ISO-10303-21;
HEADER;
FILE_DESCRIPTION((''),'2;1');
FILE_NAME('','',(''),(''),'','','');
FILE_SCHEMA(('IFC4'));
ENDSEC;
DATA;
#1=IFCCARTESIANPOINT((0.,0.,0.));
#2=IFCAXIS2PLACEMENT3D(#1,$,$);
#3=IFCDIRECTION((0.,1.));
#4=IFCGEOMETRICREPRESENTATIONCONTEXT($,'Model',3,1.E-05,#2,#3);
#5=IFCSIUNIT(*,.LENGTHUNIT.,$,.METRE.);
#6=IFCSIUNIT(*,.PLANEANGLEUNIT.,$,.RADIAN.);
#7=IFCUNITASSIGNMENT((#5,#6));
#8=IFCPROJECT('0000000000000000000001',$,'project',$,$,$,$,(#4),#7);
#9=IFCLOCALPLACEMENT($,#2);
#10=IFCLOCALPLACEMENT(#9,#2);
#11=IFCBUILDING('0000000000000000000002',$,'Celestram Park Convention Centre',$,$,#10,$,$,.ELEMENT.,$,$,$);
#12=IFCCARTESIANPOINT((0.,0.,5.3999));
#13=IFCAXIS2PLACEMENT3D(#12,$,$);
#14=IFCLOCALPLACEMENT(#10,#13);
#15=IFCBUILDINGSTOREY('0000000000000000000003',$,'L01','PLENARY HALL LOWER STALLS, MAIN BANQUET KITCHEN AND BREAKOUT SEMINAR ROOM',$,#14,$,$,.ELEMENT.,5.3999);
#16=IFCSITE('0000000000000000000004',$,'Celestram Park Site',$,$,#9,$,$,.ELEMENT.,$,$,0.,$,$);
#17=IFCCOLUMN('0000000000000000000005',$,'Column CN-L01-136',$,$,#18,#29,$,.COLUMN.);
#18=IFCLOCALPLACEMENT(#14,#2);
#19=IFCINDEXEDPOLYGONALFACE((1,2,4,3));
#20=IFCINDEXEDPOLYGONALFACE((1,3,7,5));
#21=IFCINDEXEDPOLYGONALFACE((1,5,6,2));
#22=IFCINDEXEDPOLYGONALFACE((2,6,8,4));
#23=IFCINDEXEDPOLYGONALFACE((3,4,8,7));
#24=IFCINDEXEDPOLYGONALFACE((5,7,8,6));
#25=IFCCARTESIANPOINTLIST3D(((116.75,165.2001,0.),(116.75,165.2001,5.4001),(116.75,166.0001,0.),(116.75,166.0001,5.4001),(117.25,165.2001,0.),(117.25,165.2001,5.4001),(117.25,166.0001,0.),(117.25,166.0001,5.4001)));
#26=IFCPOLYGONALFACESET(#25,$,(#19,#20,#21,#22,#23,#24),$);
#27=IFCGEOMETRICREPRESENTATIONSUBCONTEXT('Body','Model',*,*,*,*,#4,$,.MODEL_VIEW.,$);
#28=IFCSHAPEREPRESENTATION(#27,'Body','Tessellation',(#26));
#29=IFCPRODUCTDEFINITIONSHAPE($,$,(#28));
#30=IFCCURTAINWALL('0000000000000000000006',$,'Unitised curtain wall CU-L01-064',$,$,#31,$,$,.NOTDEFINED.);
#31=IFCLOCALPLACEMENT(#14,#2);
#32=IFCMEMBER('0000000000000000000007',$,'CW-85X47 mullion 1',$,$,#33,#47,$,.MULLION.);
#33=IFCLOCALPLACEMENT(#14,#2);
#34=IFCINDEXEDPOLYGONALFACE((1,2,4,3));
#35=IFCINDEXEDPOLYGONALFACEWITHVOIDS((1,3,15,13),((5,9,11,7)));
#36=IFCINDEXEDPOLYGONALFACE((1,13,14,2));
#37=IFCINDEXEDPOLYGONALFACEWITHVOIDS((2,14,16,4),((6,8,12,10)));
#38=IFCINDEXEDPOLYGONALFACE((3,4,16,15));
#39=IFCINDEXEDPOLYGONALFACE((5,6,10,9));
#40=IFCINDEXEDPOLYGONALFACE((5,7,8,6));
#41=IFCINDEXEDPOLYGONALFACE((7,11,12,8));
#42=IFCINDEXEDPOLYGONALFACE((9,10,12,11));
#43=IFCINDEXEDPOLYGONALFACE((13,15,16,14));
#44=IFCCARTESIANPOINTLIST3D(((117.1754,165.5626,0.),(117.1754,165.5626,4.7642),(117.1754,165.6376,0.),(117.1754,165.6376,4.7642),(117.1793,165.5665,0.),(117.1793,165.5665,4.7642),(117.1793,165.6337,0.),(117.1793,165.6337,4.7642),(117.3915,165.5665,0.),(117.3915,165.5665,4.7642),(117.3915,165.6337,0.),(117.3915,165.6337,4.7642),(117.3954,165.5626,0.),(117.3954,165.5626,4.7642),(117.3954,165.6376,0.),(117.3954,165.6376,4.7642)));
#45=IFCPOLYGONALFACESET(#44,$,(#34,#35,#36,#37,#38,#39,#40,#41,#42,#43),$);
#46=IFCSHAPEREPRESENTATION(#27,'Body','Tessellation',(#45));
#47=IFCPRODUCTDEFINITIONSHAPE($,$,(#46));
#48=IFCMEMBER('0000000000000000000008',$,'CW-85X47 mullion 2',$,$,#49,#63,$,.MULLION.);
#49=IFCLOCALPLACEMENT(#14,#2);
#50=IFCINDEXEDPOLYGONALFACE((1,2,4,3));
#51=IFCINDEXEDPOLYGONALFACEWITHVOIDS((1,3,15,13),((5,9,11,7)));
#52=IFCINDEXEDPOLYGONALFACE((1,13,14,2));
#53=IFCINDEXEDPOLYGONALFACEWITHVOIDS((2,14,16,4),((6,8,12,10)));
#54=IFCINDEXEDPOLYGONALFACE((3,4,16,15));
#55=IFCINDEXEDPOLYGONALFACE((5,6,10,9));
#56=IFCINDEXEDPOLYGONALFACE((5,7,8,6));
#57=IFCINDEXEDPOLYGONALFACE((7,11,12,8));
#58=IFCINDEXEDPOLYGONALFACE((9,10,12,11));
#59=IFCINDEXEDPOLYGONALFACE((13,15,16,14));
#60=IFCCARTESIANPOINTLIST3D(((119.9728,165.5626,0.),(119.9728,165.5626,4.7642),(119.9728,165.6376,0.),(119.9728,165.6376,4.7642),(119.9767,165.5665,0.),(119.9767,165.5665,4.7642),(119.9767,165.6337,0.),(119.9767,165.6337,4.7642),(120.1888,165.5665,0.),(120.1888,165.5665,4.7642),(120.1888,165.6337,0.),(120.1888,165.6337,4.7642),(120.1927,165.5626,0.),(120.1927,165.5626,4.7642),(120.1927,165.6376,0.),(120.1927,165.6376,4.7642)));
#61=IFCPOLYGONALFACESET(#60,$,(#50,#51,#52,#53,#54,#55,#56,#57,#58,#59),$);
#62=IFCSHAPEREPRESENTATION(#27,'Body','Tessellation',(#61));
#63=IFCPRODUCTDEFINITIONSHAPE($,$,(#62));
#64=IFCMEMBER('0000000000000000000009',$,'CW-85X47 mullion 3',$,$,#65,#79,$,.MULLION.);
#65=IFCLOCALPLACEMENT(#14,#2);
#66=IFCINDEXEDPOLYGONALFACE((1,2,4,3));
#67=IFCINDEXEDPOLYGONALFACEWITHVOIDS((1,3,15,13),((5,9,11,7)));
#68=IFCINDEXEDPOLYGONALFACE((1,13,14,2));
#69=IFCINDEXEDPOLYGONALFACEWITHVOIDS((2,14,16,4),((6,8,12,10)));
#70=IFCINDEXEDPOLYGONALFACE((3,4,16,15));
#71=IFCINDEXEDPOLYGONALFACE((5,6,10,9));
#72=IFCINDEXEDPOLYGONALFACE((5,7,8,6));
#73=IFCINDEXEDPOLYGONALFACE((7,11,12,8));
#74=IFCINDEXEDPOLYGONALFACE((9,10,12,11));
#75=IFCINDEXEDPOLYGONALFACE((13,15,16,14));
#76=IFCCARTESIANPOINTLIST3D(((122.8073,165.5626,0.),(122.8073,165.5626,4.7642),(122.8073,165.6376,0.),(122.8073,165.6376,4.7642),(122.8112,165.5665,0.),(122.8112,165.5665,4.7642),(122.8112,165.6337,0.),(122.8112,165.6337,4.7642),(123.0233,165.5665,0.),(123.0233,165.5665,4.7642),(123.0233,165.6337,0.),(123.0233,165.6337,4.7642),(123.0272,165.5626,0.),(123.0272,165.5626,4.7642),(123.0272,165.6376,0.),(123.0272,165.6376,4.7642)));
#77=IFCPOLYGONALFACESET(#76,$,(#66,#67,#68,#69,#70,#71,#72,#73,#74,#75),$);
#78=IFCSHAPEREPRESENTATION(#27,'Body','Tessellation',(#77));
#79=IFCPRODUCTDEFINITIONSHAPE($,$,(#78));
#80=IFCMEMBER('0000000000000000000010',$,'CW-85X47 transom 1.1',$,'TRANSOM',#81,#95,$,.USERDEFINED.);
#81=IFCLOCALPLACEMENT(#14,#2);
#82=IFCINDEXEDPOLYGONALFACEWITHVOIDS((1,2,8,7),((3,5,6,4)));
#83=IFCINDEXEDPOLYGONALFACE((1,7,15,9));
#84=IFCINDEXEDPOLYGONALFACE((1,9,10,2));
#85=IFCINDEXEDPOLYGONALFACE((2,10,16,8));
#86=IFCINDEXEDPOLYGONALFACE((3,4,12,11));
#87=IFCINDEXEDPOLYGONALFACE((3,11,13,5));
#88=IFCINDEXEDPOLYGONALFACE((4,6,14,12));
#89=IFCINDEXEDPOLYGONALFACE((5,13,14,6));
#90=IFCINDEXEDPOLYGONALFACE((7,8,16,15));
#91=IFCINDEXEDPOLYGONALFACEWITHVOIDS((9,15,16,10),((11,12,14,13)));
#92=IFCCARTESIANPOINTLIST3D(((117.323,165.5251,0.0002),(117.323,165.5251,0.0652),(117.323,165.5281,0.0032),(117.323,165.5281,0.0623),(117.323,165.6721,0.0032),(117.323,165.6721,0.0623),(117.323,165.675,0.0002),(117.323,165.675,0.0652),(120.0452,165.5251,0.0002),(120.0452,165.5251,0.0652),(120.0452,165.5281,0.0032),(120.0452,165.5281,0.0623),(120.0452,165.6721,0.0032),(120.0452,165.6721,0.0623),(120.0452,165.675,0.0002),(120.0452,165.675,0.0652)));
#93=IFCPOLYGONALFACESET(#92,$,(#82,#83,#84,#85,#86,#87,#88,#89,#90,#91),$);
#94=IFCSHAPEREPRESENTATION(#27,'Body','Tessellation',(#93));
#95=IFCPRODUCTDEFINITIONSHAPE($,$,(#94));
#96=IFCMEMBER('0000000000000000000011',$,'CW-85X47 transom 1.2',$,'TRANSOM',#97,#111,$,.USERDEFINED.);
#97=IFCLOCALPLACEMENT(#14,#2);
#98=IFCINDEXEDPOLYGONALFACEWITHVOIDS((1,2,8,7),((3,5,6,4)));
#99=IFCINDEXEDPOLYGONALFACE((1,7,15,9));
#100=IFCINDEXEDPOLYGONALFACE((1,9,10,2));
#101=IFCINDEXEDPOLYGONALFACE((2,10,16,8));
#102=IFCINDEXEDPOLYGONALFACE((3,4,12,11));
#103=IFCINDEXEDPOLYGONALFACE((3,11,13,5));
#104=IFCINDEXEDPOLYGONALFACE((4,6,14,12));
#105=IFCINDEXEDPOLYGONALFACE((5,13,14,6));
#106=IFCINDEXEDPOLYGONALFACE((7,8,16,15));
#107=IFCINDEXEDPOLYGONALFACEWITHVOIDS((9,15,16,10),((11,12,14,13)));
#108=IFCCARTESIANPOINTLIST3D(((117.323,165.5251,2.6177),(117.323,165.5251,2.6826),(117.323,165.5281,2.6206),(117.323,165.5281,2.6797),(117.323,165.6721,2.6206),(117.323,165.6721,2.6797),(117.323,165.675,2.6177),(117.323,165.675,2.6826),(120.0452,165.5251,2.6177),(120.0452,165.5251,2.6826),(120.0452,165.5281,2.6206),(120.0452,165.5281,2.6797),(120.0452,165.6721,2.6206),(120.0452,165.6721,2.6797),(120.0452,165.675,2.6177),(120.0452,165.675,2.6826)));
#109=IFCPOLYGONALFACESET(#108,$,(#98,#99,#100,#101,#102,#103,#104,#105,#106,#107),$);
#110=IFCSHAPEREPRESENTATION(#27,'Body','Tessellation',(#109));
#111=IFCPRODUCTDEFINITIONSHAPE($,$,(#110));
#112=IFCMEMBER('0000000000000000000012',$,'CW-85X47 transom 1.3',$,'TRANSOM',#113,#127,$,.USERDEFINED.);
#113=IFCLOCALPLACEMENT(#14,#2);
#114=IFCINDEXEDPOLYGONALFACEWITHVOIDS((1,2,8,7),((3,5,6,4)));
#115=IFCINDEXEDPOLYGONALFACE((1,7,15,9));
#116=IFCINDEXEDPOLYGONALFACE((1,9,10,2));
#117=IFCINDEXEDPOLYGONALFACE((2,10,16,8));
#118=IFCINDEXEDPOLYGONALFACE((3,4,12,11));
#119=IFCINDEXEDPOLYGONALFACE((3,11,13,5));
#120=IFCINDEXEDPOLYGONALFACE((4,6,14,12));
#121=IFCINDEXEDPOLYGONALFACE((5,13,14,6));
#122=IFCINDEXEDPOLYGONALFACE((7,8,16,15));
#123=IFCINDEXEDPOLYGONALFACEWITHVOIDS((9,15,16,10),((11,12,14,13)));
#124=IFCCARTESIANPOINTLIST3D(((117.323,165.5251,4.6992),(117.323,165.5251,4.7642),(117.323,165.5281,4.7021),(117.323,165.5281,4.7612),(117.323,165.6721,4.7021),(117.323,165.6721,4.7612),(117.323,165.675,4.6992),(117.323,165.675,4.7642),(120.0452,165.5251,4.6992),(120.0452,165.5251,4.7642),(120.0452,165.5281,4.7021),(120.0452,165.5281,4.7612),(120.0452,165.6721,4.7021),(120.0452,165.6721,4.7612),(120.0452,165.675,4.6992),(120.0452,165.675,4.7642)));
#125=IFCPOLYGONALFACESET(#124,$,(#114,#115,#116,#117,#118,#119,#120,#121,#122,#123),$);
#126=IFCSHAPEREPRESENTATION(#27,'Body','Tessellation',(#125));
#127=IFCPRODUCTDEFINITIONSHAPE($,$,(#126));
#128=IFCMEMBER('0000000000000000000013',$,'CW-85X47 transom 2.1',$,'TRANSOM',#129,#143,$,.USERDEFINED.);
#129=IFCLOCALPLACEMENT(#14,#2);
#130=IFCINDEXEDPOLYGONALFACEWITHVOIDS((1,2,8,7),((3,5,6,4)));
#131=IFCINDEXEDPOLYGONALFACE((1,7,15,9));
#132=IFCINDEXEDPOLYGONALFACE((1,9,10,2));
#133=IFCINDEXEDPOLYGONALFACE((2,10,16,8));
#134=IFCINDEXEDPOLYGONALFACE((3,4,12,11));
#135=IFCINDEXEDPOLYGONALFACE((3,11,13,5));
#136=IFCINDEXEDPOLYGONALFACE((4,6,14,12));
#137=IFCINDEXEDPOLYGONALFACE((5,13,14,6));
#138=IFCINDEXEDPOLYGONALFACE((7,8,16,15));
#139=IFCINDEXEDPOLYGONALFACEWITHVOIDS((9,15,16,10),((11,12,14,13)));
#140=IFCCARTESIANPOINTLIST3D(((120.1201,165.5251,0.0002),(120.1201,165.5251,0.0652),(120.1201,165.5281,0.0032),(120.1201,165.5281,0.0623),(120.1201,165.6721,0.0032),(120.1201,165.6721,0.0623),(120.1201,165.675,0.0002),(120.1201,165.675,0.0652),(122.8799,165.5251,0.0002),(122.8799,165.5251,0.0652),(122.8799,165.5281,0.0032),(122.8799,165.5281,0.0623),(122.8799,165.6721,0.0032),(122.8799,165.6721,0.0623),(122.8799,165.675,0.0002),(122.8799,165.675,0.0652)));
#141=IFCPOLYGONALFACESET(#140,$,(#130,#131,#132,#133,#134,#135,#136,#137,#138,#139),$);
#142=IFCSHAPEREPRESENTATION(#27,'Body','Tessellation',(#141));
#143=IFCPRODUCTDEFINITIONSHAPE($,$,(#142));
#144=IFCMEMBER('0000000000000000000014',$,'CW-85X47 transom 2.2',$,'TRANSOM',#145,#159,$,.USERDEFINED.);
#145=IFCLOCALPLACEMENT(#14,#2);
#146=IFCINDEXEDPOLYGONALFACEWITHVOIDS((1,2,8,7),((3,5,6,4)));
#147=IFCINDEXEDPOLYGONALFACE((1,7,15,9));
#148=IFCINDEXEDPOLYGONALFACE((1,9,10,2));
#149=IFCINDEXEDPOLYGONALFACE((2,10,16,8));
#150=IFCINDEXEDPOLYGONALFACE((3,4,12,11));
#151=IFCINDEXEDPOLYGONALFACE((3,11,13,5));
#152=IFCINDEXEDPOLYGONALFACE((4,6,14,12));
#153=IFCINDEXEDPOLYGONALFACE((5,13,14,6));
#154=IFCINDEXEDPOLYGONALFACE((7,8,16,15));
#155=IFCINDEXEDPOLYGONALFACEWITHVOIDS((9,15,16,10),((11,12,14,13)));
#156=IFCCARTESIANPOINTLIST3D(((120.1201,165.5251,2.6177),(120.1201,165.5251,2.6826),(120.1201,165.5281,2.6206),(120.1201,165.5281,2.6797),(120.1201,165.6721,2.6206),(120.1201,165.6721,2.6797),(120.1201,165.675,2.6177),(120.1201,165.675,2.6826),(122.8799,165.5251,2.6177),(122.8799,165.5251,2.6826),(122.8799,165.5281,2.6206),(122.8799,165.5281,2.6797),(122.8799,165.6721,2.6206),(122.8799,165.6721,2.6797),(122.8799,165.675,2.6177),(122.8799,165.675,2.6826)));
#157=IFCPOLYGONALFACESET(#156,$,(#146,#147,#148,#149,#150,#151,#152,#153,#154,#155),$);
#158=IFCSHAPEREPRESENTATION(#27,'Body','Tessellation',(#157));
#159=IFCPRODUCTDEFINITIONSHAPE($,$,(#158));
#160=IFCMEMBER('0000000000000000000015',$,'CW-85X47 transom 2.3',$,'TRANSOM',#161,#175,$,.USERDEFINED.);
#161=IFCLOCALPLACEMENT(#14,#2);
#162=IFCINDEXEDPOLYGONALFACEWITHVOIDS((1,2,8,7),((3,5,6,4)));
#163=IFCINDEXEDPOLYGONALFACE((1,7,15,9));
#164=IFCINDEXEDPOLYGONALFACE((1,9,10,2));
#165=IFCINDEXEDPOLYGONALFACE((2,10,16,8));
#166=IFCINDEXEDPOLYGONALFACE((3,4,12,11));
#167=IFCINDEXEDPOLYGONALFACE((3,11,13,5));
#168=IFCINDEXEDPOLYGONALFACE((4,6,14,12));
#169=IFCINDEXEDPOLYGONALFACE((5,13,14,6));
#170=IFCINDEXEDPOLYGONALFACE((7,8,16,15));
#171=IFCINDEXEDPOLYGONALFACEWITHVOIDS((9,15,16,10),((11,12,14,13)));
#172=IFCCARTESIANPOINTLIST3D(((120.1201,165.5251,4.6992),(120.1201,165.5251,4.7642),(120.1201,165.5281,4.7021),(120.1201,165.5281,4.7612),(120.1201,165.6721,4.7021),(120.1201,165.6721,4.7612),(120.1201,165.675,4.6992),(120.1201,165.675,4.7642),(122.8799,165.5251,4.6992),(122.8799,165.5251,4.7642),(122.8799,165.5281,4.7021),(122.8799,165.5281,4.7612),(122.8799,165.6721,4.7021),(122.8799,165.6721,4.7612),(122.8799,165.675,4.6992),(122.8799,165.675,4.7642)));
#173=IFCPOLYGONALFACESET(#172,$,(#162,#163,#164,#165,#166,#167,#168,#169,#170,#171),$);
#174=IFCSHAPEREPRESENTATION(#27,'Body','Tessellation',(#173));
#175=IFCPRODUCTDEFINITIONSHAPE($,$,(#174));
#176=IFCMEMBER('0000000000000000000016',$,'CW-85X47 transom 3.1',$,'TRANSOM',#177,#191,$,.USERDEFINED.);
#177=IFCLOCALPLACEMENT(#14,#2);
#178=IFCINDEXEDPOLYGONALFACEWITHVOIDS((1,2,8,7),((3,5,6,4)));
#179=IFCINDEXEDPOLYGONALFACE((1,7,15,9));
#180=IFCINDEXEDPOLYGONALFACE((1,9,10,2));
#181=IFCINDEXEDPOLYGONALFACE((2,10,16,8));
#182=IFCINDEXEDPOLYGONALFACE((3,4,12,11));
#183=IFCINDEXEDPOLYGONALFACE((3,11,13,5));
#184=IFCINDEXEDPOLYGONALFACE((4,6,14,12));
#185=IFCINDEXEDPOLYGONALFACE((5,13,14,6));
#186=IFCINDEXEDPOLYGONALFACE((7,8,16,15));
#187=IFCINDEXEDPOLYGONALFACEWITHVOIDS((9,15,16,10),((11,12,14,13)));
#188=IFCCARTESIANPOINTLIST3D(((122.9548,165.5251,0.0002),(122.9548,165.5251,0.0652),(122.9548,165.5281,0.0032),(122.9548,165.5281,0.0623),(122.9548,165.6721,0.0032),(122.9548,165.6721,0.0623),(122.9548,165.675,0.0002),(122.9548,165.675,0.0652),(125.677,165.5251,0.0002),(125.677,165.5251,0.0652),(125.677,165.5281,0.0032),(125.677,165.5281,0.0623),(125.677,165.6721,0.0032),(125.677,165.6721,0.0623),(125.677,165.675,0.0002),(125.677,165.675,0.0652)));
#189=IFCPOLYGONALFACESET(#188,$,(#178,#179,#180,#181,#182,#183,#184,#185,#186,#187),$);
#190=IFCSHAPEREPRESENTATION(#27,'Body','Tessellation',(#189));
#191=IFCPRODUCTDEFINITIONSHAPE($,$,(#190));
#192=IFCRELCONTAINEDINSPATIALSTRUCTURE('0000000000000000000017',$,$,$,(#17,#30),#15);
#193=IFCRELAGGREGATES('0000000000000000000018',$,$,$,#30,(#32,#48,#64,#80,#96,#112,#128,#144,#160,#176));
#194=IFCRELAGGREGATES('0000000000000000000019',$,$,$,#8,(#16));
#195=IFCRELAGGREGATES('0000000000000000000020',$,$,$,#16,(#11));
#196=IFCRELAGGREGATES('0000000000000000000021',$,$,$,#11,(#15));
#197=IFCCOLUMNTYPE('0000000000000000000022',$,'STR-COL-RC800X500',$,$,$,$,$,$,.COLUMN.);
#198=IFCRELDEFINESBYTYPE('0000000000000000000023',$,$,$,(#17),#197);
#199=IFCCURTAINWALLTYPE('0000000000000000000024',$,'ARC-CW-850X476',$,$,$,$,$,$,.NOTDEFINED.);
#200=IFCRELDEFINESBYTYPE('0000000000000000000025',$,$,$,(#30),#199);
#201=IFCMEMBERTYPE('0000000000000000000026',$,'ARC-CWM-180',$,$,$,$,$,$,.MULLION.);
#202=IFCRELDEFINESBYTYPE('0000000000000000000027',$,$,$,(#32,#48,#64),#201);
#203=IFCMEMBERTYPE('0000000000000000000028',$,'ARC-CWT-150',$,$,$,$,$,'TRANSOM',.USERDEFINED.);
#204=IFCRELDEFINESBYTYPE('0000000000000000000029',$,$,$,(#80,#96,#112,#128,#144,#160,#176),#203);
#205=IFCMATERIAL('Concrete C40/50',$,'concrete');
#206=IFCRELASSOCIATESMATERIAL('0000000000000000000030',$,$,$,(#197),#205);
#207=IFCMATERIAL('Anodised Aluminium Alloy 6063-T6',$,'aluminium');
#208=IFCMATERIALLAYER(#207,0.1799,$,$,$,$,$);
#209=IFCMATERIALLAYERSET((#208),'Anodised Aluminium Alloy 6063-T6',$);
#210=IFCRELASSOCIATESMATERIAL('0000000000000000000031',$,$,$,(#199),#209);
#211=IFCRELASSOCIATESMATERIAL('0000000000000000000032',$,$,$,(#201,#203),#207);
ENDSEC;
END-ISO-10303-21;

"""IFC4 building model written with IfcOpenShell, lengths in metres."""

from ifc_helpers import new_model, si_unit, direction, frame, origin, origin_2d, place, context, subcontext, project, spatial, rectangle, hollow_rectangle, extrude, material, layer, layer_set, material_profile, profile_set, type_object, element, aggregate, save


model = new_model("IFC4")

# Units and contexts
model_context = context("Model", 3, precision=1e-05, world=origin(), true_north=direction((0.0, 1.0)))
body_context = subcontext(model_context, "Body", "Model", "MODEL_VIEW")
ifc_project = project(units=[si_unit("LENGTHUNIT", "METRE"), si_unit("PLANEANGLEUNIT", "RADIAN")], contexts=[model_context])

# Site, building, storey
site_placement = place(None, origin())
site = spatial("IfcSite", under=ifc_project, at=site_placement, Name="Celestram Park Site", CompositionType="ELEMENT", RefElevation=0.0)
building_placement = place(site_placement, origin())
building = spatial("IfcBuilding", under=site, at=building_placement, Name="Celestram Park Convention Centre", CompositionType="ELEMENT")
storey_placement = place(building_placement, frame((0.0, 0.0, 5.3999)))
storey = spatial("IfcBuildingStorey", under=building, at=storey_placement, Name="L01", Description="PLENARY HALL LOWER STALLS, MAIN BANQUET KITCHEN AND BREAKOUT SEMINAR ROOM", CompositionType="ELEMENT", Elevation=5.3999)

# Column
ifc_material_1 = material(Name="Concrete C40/50", Category="concrete")
ifc_material_profile_1 = material_profile(ifc_material_1, rectangle(XDim=0.5, YDim=0.8, at=origin_2d()), Name="RC800X500")
ifc_profile_set_1 = profile_set([ifc_material_profile_1], Name="Concrete C40/50")
column_type = type_object("IfcColumnType", Name="STR-COL-RC800X500", PredefinedType="COLUMN", material=ifc_profile_set_1)
column_placement = place(storey_placement, frame((117.0, 165.6001, 0.0), z_axis=(0.0, 0.0, 1.0), x_axis=(1.0, 0.0, 0.0)))
element("IfcColumn", 1, at=column_placement, inside=storey, type_object=column_type, Name="Column CN-L01-136", PredefinedType="COLUMN", context=body_context, shape_type="SweptSolid", body=[
    extrude(rectangle(XDim=0.5, YDim=0.8, at=origin_2d()), origin(), (0.0, 0.0, 1.0), 5.4001),
])

# Curtain wall, members
ifc_material_2 = material(Name="Anodised Aluminium Alloy 6063-T6", Category="aluminium")
ifc_layer_1 = layer(ifc_material_2, 0.1799)
ifc_layer_set_1 = layer_set([ifc_layer_1], Name="Anodised Aluminium Alloy 6063-T6")
curtain_wall_type = type_object("IfcCurtainWallType", Name="ARC-CW-850X476", PredefinedType="NOTDEFINED", material=ifc_layer_set_1)
curtain_wall_placement = place(storey_placement, origin())
curtain_wall = element("IfcCurtainWall", 2, at=curtain_wall_placement, inside=storey, type_object=curtain_wall_type, Name="Unitised curtain wall CU-L01-064", PredefinedType="NOTDEFINED")
ifc_material_profile_2 = material_profile(ifc_material_2, hollow_rectangle(XDim=0.075, YDim=0.22, WallThickness=0.0039, at=origin_2d()), Name="ALU75X220X4")
ifc_profile_set_2 = profile_set([ifc_material_profile_2], Name="Anodised Aluminium Alloy 6063-T6")
member_type_1 = type_object("IfcMemberType", Name="ARC-CWM-180", PredefinedType="MULLION", material=ifc_profile_set_2)
member_1_placement = place(storey_placement, frame((117.2854, 165.6001, 0.0), z_axis=(0.0, 0.0, 1.0), x_axis=(0.0, 1.0, 0.0)))
member_1 = element("IfcMember", 3, at=member_1_placement, type_object=member_type_1, Name="CW-85X47 mullion 1", PredefinedType="MULLION", context=body_context, shape_type="SweptSolid", body=[
    extrude(hollow_rectangle(XDim=0.075, YDim=0.22, WallThickness=0.0039, at=origin_2d()), origin(), (0.0, 0.0, 1.0), 4.7642),
])
member_2_placement = place(storey_placement, frame((120.0828, 165.6001, 0.0), z_axis=(0.0, 0.0, 1.0), x_axis=(0.0, 1.0, 0.0)))
member_2 = element("IfcMember", 4, at=member_2_placement, type_object=member_type_1, Name="CW-85X47 mullion 2", PredefinedType="MULLION", context=body_context, shape_type="SweptSolid", body=[
    extrude(hollow_rectangle(XDim=0.075, YDim=0.22, WallThickness=0.0039, at=origin_2d()), origin(), (0.0, 0.0, 1.0), 4.7642),
])
member_3_placement = place(storey_placement, frame((122.9172, 165.6001, 0.0), z_axis=(0.0, 0.0, 1.0), x_axis=(0.0, 1.0, 0.0)))
member_3 = element("IfcMember", 5, at=member_3_placement, type_object=member_type_1, Name="CW-85X47 mullion 3", PredefinedType="MULLION", context=body_context, shape_type="SweptSolid", body=[
    extrude(hollow_rectangle(XDim=0.075, YDim=0.22, WallThickness=0.0039, at=origin_2d()), origin(), (0.0, 0.0, 1.0), 4.7642),
])
ifc_material_profile_3 = material_profile(ifc_material_2, hollow_rectangle(XDim=0.1499, YDim=0.0649, WallThickness=0.0029, at=origin_2d()), Name="ALU150X65X3")
ifc_profile_set_3 = profile_set([ifc_material_profile_3], Name="Anodised Aluminium Alloy 6063-T6")
member_type_2 = type_object("IfcMemberType", Name="ARC-CWT-150", ElementType="TRANSOM", PredefinedType="USERDEFINED", material=ifc_profile_set_3)
member_4_placement = place(storey_placement, frame((117.323, 165.6001, 0.0327), z_axis=(1.0, 0.0, 0.0), x_axis=(0.0, 1.0, 0.0)))
member_4 = element("IfcMember", 6, at=member_4_placement, type_object=member_type_2, Name="CW-85X47 transom 1.1", ObjectType="TRANSOM", PredefinedType="USERDEFINED", context=body_context, shape_type="SweptSolid", body=[
    extrude(hollow_rectangle(XDim=0.1499, YDim=0.0649, WallThickness=0.0029, at=origin_2d()), origin(), (0.0, 0.0, 1.0), 2.7222),
])
member_5_placement = place(storey_placement, frame((117.323, 165.6001, 2.6501), z_axis=(1.0, 0.0, 0.0), x_axis=(0.0, 1.0, 0.0)))
member_5 = element("IfcMember", 7, at=member_5_placement, type_object=member_type_2, Name="CW-85X47 transom 1.2", ObjectType="TRANSOM", PredefinedType="USERDEFINED", context=body_context, shape_type="SweptSolid", body=[
    extrude(hollow_rectangle(XDim=0.1499, YDim=0.0649, WallThickness=0.0029, at=origin_2d()), origin(), (0.0, 0.0, 1.0), 2.7222),
])
member_6_placement = place(storey_placement, frame((117.323, 165.6001, 4.7317), z_axis=(1.0, 0.0, 0.0), x_axis=(0.0, 1.0, 0.0)))
member_6 = element("IfcMember", 8, at=member_6_placement, type_object=member_type_2, Name="CW-85X47 transom 1.3", ObjectType="TRANSOM", PredefinedType="USERDEFINED", context=body_context, shape_type="SweptSolid", body=[
    extrude(hollow_rectangle(XDim=0.1499, YDim=0.0649, WallThickness=0.0029, at=origin_2d()), origin(), (0.0, 0.0, 1.0), 2.7222),
])
member_7_placement = place(storey_placement, frame((120.1201, 165.6001, 0.0327), z_axis=(1.0, 0.0, 0.0), x_axis=(0.0, 1.0, 0.0)))
member_7 = element("IfcMember", 9, at=member_7_placement, type_object=member_type_2, Name="CW-85X47 transom 2.1", ObjectType="TRANSOM", PredefinedType="USERDEFINED", context=body_context, shape_type="SweptSolid", body=[
    extrude(hollow_rectangle(XDim=0.1499, YDim=0.0649, WallThickness=0.0029, at=origin_2d()), origin(), (0.0, 0.0, 1.0), 2.7598),
])
member_8_placement = place(storey_placement, frame((120.1201, 165.6001, 2.6501), z_axis=(1.0, 0.0, 0.0), x_axis=(0.0, 1.0, 0.0)))
member_8 = element("IfcMember", 10, at=member_8_placement, type_object=member_type_2, Name="CW-85X47 transom 2.2", ObjectType="TRANSOM", PredefinedType="USERDEFINED", context=body_context, shape_type="SweptSolid", body=[
    extrude(hollow_rectangle(XDim=0.1499, YDim=0.0649, WallThickness=0.0029, at=origin_2d()), origin(), (0.0, 0.0, 1.0), 2.7598),
])
member_9_placement = place(storey_placement, frame((120.1201, 165.6001, 4.7317), z_axis=(1.0, 0.0, 0.0), x_axis=(0.0, 1.0, 0.0)))
member_9 = element("IfcMember", 11, at=member_9_placement, type_object=member_type_2, Name="CW-85X47 transom 2.3", ObjectType="TRANSOM", PredefinedType="USERDEFINED", context=body_context, shape_type="SweptSolid", body=[
    extrude(hollow_rectangle(XDim=0.1499, YDim=0.0649, WallThickness=0.0029, at=origin_2d()), origin(), (0.0, 0.0, 1.0), 2.7598),
])
member_10_placement = place(storey_placement, frame((122.9548, 165.6001, 0.0327), z_axis=(1.0, 0.0, 0.0), x_axis=(0.0, 1.0, 0.0)))
member_10 = element("IfcMember", 12, at=member_10_placement, type_object=member_type_2, Name="CW-85X47 transom 3.1", ObjectType="TRANSOM", PredefinedType="USERDEFINED", context=body_context, shape_type="SweptSolid", body=[
    extrude(hollow_rectangle(XDim=0.1499, YDim=0.0649, WallThickness=0.0029, at=origin_2d()), origin(), (0.0, 0.0, 1.0), 2.7222),
])

aggregate(curtain_wall, [member_1, member_2, member_3, member_4, member_5, member_6, member_7, member_8, member_9, member_10])

save(model, "model.ifc")
